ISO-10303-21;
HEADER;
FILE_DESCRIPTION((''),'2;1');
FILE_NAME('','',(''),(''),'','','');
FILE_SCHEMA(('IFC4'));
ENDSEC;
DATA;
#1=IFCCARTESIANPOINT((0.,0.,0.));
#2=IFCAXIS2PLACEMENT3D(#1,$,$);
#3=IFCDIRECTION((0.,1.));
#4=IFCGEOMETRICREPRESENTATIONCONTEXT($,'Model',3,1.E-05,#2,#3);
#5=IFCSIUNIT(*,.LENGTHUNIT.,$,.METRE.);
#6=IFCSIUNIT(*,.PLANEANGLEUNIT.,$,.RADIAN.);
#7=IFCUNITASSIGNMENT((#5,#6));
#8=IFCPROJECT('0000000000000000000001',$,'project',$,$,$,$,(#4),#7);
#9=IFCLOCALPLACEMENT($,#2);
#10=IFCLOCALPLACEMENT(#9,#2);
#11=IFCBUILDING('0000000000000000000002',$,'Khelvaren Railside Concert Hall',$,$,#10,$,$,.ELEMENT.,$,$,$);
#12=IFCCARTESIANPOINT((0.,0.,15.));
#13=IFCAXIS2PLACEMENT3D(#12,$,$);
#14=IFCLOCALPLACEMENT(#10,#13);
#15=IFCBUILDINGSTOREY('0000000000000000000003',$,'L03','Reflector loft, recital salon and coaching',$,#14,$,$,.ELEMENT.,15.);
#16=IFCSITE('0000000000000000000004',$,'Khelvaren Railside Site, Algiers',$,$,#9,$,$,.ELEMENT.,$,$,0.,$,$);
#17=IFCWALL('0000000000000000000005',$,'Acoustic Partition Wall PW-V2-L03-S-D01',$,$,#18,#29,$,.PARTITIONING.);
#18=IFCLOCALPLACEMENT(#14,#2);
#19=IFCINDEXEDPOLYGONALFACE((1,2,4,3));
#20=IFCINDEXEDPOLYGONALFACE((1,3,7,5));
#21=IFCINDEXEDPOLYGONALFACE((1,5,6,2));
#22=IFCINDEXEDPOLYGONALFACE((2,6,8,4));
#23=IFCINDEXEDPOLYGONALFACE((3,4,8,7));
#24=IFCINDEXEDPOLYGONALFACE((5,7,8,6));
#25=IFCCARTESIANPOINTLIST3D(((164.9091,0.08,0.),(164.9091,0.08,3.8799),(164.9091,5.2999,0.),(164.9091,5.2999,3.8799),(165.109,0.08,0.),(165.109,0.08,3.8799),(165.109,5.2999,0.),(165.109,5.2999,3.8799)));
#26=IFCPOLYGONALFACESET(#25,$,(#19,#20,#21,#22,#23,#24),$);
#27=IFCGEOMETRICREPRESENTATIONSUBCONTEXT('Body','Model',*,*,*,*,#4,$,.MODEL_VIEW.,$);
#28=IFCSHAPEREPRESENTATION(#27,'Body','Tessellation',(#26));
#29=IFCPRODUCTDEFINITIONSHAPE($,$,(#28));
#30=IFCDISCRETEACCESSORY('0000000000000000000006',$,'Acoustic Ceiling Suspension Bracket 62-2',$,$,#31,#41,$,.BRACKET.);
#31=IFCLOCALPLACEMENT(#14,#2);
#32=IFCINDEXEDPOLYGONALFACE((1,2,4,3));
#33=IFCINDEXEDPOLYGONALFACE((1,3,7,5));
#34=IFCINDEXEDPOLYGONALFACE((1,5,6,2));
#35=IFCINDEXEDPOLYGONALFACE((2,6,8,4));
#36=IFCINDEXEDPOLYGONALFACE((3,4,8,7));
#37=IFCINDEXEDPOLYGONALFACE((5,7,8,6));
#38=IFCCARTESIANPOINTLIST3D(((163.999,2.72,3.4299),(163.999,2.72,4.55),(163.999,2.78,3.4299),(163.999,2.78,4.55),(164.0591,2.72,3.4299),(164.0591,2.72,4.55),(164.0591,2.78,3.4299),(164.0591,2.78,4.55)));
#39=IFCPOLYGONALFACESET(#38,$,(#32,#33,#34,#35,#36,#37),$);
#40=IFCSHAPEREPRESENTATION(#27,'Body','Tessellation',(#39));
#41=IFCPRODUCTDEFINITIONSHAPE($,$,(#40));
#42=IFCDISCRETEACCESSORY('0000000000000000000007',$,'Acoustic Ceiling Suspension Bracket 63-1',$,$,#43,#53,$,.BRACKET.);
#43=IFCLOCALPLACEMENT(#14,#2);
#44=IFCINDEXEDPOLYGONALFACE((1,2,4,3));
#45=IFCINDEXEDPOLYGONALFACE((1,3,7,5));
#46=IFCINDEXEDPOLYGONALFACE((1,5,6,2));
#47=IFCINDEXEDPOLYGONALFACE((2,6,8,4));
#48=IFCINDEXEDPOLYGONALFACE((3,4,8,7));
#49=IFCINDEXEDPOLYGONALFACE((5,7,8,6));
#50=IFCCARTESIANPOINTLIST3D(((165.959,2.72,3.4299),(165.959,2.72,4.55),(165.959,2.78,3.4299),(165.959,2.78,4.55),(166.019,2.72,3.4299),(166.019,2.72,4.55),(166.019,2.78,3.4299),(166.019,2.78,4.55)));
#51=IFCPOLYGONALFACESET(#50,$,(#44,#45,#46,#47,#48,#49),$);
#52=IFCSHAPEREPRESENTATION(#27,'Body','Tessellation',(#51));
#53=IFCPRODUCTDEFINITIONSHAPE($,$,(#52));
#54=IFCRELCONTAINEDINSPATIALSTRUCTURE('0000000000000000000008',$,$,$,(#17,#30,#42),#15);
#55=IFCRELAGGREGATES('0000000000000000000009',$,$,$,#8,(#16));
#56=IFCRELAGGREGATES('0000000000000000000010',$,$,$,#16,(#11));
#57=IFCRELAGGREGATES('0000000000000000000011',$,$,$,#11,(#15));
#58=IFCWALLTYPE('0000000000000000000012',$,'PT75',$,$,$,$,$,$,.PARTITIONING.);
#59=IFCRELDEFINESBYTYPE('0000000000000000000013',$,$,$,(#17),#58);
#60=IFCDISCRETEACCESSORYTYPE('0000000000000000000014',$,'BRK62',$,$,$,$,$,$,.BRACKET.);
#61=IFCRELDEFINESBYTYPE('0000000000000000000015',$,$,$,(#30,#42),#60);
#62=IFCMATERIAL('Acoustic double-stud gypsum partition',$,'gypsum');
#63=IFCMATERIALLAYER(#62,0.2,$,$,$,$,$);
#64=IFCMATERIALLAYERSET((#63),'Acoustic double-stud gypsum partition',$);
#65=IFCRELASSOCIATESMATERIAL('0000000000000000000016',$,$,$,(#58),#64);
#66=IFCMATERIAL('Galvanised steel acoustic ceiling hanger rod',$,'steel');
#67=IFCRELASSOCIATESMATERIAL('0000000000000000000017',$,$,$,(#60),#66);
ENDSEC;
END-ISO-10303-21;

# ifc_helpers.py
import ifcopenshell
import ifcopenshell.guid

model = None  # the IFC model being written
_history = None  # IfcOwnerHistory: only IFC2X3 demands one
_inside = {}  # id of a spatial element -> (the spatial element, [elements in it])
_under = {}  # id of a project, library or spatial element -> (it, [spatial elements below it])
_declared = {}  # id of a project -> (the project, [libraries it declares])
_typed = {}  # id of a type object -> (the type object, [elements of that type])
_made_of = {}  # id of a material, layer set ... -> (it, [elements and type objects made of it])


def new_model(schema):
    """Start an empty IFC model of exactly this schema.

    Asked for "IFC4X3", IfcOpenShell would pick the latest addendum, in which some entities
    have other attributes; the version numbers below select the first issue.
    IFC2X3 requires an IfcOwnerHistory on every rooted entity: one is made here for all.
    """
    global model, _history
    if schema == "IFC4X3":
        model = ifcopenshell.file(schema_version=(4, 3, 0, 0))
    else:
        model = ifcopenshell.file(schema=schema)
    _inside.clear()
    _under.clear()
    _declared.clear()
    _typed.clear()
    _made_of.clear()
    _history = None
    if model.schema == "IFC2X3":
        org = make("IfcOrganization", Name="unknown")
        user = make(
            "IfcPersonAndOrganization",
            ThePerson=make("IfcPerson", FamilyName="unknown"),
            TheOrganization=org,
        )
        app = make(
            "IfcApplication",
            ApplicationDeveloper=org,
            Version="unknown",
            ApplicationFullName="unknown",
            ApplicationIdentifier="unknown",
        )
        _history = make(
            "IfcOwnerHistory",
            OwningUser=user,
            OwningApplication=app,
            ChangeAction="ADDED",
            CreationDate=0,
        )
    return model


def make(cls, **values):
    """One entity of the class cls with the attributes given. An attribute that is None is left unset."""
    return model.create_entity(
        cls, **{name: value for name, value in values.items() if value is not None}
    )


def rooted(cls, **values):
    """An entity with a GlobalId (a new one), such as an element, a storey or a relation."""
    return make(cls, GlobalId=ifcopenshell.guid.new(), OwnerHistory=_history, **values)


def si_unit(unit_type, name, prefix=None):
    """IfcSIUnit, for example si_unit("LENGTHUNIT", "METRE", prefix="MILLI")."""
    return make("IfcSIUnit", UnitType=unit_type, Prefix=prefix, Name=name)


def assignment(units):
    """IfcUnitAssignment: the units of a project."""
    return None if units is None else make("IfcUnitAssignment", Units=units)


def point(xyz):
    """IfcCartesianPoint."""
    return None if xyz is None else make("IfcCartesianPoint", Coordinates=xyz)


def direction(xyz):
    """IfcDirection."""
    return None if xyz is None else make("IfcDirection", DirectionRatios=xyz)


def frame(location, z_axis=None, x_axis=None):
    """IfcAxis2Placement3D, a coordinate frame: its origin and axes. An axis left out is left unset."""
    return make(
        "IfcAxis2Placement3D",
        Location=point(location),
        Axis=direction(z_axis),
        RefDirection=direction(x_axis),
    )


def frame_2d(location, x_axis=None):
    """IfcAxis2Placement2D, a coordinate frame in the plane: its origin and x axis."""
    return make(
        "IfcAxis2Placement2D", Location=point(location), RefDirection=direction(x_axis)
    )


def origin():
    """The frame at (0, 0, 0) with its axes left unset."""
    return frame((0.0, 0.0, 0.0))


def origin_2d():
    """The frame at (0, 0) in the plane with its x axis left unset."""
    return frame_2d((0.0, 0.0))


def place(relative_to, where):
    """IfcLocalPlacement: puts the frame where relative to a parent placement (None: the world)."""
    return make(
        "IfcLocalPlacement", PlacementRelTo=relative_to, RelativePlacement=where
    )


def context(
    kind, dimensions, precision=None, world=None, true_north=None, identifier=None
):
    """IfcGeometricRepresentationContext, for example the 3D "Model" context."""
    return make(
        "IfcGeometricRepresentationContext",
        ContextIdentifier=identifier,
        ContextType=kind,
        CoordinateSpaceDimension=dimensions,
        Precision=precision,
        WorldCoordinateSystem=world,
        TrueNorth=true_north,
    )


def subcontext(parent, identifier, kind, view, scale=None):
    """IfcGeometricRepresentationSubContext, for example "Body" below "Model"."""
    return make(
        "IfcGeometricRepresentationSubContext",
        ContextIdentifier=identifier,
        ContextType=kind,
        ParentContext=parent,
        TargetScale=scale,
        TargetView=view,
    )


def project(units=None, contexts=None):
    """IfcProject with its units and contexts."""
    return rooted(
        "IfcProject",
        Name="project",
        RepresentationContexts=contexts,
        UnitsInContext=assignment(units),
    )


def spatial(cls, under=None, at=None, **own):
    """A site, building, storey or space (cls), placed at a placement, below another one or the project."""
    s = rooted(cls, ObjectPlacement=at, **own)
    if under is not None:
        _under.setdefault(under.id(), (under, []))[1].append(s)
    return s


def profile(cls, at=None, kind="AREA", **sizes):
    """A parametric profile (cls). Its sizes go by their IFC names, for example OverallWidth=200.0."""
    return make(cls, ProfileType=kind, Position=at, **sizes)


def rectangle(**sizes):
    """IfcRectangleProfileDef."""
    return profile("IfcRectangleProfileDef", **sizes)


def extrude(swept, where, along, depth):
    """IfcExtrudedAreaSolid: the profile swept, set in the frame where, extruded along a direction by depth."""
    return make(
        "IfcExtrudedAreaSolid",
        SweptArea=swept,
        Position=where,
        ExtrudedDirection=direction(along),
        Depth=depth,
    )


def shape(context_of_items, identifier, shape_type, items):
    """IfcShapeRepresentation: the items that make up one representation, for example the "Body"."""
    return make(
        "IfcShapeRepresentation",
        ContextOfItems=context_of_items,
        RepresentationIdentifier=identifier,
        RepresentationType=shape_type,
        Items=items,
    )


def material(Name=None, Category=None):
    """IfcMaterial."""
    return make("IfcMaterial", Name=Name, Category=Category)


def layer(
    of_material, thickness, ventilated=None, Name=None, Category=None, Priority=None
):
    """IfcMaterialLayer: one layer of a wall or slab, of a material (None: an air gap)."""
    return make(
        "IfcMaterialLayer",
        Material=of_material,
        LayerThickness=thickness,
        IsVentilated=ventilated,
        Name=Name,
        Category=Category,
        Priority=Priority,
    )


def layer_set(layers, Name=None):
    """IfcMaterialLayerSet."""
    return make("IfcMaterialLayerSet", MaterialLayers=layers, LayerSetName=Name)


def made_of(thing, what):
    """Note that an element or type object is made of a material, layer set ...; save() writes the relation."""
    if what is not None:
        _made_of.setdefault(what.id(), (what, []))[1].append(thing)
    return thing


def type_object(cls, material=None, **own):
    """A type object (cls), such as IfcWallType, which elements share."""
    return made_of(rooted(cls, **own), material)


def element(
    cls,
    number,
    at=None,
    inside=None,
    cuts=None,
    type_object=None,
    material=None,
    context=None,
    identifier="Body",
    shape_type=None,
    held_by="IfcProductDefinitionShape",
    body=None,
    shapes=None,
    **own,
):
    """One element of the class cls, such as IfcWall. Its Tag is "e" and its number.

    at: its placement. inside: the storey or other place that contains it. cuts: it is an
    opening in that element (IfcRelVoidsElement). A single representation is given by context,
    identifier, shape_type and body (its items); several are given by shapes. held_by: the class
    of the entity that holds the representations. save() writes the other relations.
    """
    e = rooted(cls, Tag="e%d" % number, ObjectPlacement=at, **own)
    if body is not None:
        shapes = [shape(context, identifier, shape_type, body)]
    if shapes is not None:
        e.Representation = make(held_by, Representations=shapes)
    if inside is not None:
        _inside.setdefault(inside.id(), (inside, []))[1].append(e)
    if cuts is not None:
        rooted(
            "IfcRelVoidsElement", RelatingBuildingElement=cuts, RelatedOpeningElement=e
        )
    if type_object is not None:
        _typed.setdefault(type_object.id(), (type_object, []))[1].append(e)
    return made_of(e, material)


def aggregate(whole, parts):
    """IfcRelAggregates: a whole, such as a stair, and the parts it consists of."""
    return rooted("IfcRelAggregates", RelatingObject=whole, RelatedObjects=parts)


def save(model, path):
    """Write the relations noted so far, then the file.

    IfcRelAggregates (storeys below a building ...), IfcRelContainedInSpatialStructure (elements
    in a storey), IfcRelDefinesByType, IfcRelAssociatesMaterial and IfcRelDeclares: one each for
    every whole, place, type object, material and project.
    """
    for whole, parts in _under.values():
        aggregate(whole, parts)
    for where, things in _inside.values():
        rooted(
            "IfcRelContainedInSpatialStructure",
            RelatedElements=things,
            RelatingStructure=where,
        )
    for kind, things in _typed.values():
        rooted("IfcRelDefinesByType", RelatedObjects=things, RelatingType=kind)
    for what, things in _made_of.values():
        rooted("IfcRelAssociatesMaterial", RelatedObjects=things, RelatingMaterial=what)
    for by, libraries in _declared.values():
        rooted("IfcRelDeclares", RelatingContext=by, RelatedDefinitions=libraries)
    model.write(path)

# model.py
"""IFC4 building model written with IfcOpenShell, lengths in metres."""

from ifc_helpers import new_model, si_unit, direction, frame, frame_2d, origin, origin_2d, place, context, subcontext, project, spatial, rectangle, extrude, material, layer, layer_set, type_object, element, save


model = new_model("IFC4")

# Units and contexts
model_context = context("Model", 3, precision=1e-05, world=origin(), true_north=direction((0.0, 1.0)))
body_context = subcontext(model_context, "Body", "Model", "MODEL_VIEW")
ifc_project = project(units=[si_unit("LENGTHUNIT", "METRE"), si_unit("PLANEANGLEUNIT", "RADIAN")], contexts=[model_context])

# Site, building, storey
site_placement = place(None, origin())
site = spatial("IfcSite", under=ifc_project, at=site_placement, Name="Khelvaren Railside Site, Algiers", CompositionType="ELEMENT", RefElevation=0.0)
building_placement = place(site_placement, origin())
building = spatial("IfcBuilding", under=site, at=building_placement, Name="Khelvaren Railside Concert Hall", CompositionType="ELEMENT")
storey_placement = place(building_placement, frame((0.0, 0.0, 15.0)))
storey = spatial("IfcBuildingStorey", under=building, at=storey_placement, Name="L03", Description="Reflector loft, recital salon and coaching", CompositionType="ELEMENT", Elevation=15.0)

# Shared definitions
ifc_material_1 = material(Name="Acoustic double-stud gypsum partition", Category="gypsum")

# Wall
ifc_layer_1 = layer(ifc_material_1, 0.2)
ifc_layer_set_1 = layer_set([ifc_layer_1], Name="Acoustic double-stud gypsum partition")
wall_type_1 = type_object("IfcWallType", Name="PT75", PredefinedType="PARTITIONING", material=ifc_layer_set_1)
wall_1_placement = place(storey_placement, frame((165.009, 0.0801, 0.0), z_axis=(0.0, 0.0, 1.0), x_axis=(0.0, 1.0, 0.0)))
element("IfcWall", 1, at=wall_1_placement, inside=storey, type_object=wall_type_1, Name="Acoustic Partition Wall PW-V2-L03-S-D01", PredefinedType="PARTITIONING", context=body_context, shape_type="SweptSolid", body=[
    extrude(rectangle(XDim=5.22, YDim=0.2, at=frame_2d((2.6099, 0.0))), origin(), (0.0, 0.0, 1.0), 3.8799),
])

# Discrete accessories
ifc_material_2 = material(Name="Galvanised steel acoustic ceiling hanger rod", Category="steel")
discrete_accessory_type = type_object("IfcDiscreteAccessoryType", Name="BRK62", PredefinedType="BRACKET", material=ifc_material_2)
for number, where, z_axis, x_axis, name in (
    (2, (164.0291, 2.75, 3.4299), (0.0, 0.0, 1.0), (1.0, 0.0, 0.0), "Acoustic Ceiling Suspension Bracket 62-2"),
    (3, (165.989, 2.75, 3.4299), (0.0, 0.0, 1.0), (1.0, 0.0, 0.0), "Acoustic Ceiling Suspension Bracket 63-1"),
):
    element("IfcDiscreteAccessory", number, at=place(storey_placement, frame(where, z_axis=z_axis, x_axis=x_axis)), inside=storey, type_object=discrete_accessory_type, Name=name, PredefinedType="BRACKET", context=body_context, shape_type="SweptSolid", body=[
        extrude(rectangle(XDim=0.0601, YDim=0.0601, at=origin_2d()), origin(), (0.0, 0.0, 1.0), 1.1201),
    ])

save(model, "model.ifc")
